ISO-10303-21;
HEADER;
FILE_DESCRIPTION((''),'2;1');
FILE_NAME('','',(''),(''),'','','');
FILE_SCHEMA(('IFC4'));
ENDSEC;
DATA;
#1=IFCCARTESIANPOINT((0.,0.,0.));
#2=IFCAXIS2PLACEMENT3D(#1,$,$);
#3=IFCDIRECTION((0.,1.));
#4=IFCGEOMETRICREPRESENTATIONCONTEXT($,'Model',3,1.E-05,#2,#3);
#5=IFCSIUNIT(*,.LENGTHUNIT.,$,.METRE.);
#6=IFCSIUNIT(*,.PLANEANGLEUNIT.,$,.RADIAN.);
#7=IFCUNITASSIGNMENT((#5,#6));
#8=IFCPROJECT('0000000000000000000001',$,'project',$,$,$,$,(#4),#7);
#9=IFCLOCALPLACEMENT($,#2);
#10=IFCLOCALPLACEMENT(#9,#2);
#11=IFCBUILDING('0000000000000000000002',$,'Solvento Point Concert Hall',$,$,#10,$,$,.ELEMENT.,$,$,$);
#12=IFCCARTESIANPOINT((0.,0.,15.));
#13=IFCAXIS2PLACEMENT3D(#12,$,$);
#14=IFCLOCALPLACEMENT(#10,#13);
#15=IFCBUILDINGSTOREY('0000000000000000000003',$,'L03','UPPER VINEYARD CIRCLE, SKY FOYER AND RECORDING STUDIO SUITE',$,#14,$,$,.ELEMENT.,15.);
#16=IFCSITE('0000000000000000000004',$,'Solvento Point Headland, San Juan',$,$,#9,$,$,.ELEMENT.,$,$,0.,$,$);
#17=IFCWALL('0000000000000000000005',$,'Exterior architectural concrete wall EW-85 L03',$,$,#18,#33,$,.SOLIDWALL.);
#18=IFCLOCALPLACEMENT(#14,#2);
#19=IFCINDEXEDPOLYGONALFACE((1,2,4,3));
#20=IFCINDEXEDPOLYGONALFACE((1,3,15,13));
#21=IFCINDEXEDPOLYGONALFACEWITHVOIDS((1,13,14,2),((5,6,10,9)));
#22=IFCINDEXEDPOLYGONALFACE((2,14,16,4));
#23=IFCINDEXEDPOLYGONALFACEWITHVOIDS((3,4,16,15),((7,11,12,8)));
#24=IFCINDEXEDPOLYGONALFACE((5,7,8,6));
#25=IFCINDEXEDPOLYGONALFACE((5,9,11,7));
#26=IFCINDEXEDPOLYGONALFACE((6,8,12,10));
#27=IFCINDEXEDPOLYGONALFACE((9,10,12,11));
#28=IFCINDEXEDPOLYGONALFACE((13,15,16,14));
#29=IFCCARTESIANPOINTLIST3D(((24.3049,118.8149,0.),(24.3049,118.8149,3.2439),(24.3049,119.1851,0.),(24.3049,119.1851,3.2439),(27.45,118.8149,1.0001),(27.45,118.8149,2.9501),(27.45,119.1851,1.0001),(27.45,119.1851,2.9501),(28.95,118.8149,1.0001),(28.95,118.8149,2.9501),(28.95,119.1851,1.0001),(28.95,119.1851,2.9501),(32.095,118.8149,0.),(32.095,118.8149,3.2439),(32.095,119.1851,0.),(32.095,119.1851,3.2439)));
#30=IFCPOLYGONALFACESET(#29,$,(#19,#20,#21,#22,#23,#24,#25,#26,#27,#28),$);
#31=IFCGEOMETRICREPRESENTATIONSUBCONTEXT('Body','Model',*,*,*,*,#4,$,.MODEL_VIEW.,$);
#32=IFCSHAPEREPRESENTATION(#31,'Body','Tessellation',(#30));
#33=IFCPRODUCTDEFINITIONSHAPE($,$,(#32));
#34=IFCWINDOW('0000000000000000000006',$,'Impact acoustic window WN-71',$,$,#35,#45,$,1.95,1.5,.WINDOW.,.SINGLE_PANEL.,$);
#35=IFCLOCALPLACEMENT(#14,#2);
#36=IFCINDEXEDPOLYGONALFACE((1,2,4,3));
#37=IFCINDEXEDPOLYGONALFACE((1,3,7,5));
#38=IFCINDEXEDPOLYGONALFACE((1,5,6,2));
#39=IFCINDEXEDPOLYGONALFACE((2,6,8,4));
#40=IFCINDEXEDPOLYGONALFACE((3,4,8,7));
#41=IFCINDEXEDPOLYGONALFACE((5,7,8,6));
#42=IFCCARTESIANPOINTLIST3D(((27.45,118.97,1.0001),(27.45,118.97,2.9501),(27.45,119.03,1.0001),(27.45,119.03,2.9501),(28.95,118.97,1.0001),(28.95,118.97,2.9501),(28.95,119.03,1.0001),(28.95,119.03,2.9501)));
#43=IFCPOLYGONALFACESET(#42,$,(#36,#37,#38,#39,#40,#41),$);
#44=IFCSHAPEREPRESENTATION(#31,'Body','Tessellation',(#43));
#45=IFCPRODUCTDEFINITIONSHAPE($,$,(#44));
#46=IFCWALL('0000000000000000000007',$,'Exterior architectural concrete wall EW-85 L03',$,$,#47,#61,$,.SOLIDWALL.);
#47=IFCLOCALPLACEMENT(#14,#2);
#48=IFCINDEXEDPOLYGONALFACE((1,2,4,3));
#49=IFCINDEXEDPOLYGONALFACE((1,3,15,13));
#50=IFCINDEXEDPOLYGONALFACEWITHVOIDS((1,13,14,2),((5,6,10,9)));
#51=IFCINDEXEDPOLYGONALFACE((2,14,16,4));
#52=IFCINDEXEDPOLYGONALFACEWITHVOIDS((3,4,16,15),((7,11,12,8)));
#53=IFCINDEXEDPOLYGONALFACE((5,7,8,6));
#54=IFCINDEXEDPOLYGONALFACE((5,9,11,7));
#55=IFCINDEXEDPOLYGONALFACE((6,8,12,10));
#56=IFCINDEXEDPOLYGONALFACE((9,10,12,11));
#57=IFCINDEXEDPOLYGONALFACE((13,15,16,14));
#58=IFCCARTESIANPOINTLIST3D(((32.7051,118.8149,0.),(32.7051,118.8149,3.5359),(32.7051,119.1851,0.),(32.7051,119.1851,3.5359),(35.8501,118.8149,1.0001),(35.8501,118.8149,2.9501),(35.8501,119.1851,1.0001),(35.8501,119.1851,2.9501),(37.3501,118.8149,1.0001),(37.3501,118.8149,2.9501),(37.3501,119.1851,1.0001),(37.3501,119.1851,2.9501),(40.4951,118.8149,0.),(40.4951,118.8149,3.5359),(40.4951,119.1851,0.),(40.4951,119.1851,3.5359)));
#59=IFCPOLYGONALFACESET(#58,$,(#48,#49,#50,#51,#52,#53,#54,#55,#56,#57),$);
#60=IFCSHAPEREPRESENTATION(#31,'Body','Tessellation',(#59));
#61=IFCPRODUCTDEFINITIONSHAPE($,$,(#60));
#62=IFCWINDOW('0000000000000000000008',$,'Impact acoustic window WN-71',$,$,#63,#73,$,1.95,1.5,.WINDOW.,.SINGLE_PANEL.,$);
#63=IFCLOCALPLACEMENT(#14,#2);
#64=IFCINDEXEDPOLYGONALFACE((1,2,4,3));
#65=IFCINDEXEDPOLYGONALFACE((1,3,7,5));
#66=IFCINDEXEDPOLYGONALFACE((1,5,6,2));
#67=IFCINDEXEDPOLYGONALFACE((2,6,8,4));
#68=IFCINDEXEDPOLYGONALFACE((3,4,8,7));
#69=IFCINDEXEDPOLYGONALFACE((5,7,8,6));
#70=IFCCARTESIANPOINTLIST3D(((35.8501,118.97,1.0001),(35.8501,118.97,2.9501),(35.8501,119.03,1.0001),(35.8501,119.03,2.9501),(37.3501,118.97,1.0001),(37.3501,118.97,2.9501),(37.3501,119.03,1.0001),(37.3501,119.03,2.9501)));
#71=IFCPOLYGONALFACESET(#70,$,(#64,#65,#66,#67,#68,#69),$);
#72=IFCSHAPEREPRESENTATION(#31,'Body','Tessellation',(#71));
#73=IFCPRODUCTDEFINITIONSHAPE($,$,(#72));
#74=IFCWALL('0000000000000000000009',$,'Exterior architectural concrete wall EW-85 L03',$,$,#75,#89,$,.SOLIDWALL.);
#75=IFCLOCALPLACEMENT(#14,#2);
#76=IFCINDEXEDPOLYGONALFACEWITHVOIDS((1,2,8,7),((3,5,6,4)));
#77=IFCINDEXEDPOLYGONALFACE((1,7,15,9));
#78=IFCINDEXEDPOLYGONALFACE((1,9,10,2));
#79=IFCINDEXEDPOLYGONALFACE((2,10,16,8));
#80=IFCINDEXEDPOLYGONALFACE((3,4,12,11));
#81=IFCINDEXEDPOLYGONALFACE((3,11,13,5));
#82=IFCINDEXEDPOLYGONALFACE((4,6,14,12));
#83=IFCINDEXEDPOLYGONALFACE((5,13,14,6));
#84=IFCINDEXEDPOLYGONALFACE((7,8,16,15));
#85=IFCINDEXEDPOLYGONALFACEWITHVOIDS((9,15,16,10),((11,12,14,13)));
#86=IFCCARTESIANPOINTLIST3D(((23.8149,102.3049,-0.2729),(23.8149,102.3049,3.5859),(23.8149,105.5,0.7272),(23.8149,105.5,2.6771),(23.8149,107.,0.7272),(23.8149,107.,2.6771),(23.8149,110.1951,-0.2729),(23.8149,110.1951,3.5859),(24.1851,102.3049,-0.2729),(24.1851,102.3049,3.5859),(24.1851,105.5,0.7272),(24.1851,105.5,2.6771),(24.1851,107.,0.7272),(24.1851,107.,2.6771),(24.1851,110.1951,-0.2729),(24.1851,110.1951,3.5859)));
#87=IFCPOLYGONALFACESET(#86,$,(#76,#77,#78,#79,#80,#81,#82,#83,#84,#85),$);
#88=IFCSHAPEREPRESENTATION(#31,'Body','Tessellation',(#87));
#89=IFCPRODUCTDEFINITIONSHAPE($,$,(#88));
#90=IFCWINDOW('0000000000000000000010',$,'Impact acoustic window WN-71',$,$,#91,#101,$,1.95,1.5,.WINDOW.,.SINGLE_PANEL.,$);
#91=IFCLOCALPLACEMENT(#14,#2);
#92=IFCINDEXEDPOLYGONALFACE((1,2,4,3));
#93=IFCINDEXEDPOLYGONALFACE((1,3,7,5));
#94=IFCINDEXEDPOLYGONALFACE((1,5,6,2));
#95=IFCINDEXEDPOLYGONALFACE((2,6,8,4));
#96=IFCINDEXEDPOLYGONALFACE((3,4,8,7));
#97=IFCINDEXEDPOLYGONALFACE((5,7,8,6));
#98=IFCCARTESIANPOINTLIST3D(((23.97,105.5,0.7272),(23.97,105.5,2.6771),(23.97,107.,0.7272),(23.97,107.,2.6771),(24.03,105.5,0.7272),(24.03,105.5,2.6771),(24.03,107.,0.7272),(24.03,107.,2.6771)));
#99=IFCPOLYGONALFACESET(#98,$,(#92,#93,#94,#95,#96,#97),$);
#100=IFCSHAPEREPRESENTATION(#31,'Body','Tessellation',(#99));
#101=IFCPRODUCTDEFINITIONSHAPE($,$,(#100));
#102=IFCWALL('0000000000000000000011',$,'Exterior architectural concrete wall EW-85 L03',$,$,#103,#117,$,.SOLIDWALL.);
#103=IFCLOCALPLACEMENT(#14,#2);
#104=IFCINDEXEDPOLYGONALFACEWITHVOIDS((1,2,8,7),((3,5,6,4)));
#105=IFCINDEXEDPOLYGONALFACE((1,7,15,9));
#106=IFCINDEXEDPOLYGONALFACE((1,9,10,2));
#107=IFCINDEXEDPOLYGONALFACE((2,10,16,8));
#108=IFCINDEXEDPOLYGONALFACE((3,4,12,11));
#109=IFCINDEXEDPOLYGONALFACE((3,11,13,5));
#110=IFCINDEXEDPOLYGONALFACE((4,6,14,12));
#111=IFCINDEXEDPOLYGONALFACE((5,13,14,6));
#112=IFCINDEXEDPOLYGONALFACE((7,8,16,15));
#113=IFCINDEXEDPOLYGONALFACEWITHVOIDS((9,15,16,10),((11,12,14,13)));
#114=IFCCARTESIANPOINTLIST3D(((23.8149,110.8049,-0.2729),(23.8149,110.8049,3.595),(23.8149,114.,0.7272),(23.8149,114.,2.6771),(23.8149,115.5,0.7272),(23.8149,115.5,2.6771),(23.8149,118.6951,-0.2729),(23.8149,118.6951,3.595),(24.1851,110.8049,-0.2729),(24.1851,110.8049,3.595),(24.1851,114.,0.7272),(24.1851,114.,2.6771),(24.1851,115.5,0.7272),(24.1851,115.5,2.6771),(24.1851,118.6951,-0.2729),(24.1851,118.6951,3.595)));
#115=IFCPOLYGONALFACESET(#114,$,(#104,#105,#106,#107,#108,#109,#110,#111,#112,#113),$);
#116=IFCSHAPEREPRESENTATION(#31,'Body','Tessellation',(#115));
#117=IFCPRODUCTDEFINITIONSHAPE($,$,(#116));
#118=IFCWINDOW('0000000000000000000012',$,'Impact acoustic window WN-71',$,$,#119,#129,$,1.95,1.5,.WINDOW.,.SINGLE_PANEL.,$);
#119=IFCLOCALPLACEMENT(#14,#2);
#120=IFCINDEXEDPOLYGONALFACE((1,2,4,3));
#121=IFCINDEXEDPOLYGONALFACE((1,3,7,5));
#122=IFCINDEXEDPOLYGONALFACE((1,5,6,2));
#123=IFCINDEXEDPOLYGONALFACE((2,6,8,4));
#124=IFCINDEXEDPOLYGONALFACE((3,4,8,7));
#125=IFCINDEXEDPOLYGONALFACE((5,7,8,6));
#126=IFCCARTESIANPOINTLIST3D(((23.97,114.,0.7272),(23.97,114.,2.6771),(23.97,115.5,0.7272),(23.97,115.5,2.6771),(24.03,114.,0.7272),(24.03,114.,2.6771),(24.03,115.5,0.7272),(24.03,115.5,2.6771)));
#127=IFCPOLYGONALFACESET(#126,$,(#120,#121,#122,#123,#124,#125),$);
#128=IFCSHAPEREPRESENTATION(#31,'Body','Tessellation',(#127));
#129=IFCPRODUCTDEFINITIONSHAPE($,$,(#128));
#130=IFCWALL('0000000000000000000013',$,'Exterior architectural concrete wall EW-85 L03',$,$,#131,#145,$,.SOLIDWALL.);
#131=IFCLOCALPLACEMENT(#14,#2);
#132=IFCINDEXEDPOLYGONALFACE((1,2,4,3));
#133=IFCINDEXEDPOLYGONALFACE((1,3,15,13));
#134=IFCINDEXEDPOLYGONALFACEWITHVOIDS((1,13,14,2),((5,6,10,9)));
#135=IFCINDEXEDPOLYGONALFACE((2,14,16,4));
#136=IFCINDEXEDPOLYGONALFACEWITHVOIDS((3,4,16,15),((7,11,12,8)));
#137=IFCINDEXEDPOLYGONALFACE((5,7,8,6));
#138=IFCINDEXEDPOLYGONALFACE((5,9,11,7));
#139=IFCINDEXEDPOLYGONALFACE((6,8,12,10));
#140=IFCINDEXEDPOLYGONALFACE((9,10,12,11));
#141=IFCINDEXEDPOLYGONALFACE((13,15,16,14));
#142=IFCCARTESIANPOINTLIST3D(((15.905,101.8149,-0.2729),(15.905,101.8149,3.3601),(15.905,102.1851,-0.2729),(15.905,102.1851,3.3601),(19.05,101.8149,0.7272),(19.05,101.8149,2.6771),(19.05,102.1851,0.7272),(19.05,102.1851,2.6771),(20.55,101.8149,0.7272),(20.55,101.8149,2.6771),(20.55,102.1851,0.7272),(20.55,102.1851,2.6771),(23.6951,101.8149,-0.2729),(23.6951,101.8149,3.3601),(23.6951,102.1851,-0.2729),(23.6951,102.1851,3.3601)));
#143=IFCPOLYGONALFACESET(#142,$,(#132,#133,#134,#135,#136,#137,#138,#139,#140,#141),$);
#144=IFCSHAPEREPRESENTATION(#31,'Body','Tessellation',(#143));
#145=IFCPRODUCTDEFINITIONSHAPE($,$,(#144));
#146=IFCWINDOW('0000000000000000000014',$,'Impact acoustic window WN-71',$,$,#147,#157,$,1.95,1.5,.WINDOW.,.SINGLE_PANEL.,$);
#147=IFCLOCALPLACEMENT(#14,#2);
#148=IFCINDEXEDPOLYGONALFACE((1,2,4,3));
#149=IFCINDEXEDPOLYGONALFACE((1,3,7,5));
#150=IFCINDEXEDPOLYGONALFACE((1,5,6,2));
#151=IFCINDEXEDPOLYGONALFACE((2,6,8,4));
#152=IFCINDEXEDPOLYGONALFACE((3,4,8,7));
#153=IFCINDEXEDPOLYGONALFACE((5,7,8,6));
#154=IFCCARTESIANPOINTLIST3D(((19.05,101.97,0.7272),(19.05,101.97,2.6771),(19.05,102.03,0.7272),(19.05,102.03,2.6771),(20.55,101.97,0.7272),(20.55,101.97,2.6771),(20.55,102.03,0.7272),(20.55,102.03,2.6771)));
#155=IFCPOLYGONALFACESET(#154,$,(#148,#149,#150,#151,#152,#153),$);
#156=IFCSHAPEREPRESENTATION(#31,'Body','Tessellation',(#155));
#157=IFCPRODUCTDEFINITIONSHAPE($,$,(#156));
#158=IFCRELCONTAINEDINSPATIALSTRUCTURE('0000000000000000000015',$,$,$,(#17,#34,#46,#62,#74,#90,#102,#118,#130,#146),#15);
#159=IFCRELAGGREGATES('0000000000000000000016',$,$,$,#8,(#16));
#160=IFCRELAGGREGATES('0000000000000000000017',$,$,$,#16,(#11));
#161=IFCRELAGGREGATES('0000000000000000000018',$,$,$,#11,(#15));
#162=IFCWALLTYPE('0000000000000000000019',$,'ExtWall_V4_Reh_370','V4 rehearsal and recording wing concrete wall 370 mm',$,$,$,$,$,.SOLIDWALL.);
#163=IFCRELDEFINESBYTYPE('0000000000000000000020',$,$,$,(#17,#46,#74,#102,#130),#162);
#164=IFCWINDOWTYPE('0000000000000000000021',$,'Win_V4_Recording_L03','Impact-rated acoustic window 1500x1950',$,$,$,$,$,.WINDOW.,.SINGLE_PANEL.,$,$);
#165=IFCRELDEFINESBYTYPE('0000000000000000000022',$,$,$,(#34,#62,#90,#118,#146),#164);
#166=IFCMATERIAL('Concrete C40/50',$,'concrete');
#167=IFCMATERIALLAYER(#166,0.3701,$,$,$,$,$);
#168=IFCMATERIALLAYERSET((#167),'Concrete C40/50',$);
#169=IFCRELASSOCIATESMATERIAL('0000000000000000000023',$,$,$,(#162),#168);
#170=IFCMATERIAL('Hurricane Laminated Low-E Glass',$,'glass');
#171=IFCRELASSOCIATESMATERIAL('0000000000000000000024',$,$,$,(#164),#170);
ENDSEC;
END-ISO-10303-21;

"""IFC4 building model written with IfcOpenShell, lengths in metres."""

from ifc_helpers import new_model, si_unit, direction, frame, frame_2d, origin, place, context, subcontext, project, spatial, rectangle, extrude, material, layer, layer_set, type_object, element, fill, save


model = new_model("IFC4")

# Units and contexts
model_context = context("Model", 3, precision=1e-05, world=origin(), true_north=direction((0.0, 1.0)))
body_context = subcontext(model_context, "Body", "Model", "MODEL_VIEW")
ifc_project = project(units=[si_unit("LENGTHUNIT", "METRE"), si_unit("PLANEANGLEUNIT", "RADIAN")], contexts=[model_context])

# Site, building, storey
site_placement = place(None, origin())
site = spatial("IfcSite", under=ifc_project, at=site_placement, Name="Solvento Point Headland, San Juan", CompositionType="ELEMENT", RefElevation=0.0)
building_placement = place(site_placement, origin())
building = spatial("IfcBuilding", under=site, at=building_placement, Name="Solvento Point Concert Hall", CompositionType="ELEMENT")
storey_placement = place(building_placement, frame((0.0, 0.0, 15.0)))
storey = spatial("IfcBuildingStorey", under=building, at=storey_placement, Name="L03", Description="UPPER VINEYARD CIRCLE, SKY FOYER AND RECORDING STUDIO SUITE", CompositionType="ELEMENT", Elevation=15.0)

# Walls, openings, windows
ifc_material_1 = material(Name="Concrete C40/50", Category="concrete")
ifc_layer = layer(ifc_material_1, 0.3701)
ifc_layer_set = layer_set([ifc_layer], Name="Concrete C40/50")
wall_type = type_object("IfcWallType", Name="ExtWall_V4_Reh_370", Description="V4 rehearsal and recording wing concrete wall 370 mm", PredefinedType="SOLIDWALL", material=ifc_layer_set)
wall_1_placement = place(storey_placement, frame((32.095, 119.0, 0.0), z_axis=(0.0, 0.0, 1.0), x_axis=(-1.0, 0.0, 0.0)))
wall_1 = element("IfcWall", 1, at=wall_1_placement, inside=storey, type_object=wall_type, Name="Exterior architectural concrete wall EW-85 L03", PredefinedType="SOLIDWALL", context=body_context, shape_type="SweptSolid", body=[
    extrude(rectangle(XDim=7.79, YDim=0.3701, at=frame_2d((3.895, 0.0))), origin(), (0.0, 0.0, 1.0), 3.2439),
])
opening_1_placement = place(wall_1_placement, frame((3.145, 0.0, 1.0)))
opening_1 = element("IfcOpeningElement", 2, at=opening_1_placement, cuts=wall_1, PredefinedType="OPENING", context=body_context, shape_type="SweptSolid", body=[
    extrude(rectangle(XDim=1.5, YDim=1.95, at=frame_2d((0.75, 0.9751))), frame((0.0, 0.1951, 0.0), z_axis=(0.0, -1.0, 0.0), x_axis=(1.0, 0.0, 0.0)), (0.0, 0.0, 1.0), 0.3901),
])
ifc_material_2 = material(Name="Hurricane Laminated Low-E Glass", Category="glass")
window_type = type_object("IfcWindowType", Name="Win_V4_Recording_L03", Description="Impact-rated acoustic window 1500x1950", PartitioningType="SINGLE_PANEL", PredefinedType="WINDOW", material=ifc_material_2)
window_1_placement = place(opening_1_placement, origin())
window_1 = element("IfcWindow", 3, at=window_1_placement, inside=storey, type_object=window_type, Name="Impact acoustic window WN-71", OverallHeight=1.95, OverallWidth=1.5, PartitioningType="SINGLE_PANEL", PredefinedType="WINDOW", context=body_context, shape_type="SweptSolid", body=[
    extrude(rectangle(XDim=1.5, YDim=1.95, at=frame_2d((0.75, 0.9751))), frame((0.0, 0.03, 0.0), z_axis=(0.0, -1.0, 0.0), x_axis=(1.0, 0.0, 0.0)), (0.0, 0.0, 1.0), 0.0601),
])
fill(opening_1, window_1)
wall_2_placement = place(storey_placement, frame((40.4951, 119.0, 0.0), z_axis=(0.0, 0.0, 1.0), x_axis=(-1.0, 0.0, 0.0)))
wall_2 = element("IfcWall", 4, at=wall_2_placement, inside=storey, type_object=wall_type, Name="Exterior architectural concrete wall EW-85 L03", PredefinedType="SOLIDWALL", context=body_context, shape_type="SweptSolid", body=[
    extrude(rectangle(XDim=7.79, YDim=0.3701, at=frame_2d((3.895, 0.0))), origin(), (0.0, 0.0, 1.0), 3.5359),
])
opening_2_placement = place(wall_2_placement, frame((3.145, 0.0, 1.0)))
opening_2 = element("IfcOpeningElement", 5, at=opening_2_placement, cuts=wall_2, PredefinedType="OPENING", context=body_context, shape_type="SweptSolid", body=[
    extrude(rectangle(XDim=1.5, YDim=1.95, at=frame_2d((0.75, 0.9751))), frame((0.0, 0.1951, 0.0), z_axis=(0.0, -1.0, 0.0), x_axis=(1.0, 0.0, 0.0)), (0.0, 0.0, 1.0), 0.3901),
])
window_2_placement = place(opening_2_placement, origin())
window_2 = element("IfcWindow", 6, at=window_2_placement, inside=storey, type_object=window_type, Name="Impact acoustic window WN-71", OverallHeight=1.95, OverallWidth=1.5, PartitioningType="SINGLE_PANEL", PredefinedType="WINDOW", context=body_context, shape_type="SweptSolid", body=[
    extrude(rectangle(XDim=1.5, YDim=1.95, at=frame_2d((0.75, 0.9751))), frame((0.0, 0.03, 0.0), z_axis=(0.0, -1.0, 0.0), x_axis=(1.0, 0.0, 0.0)), (0.0, 0.0, 1.0), 0.0601),
])
fill(opening_2, window_2)
wall_3_placement = place(storey_placement, frame((24.0, 110.1951, -0.2729), z_axis=(0.0, 0.0, 1.0), x_axis=(0.0, -1.0, 0.0)))
wall_3 = element("IfcWall", 7, at=wall_3_placement, inside=storey, type_object=wall_type, Name="Exterior architectural concrete wall EW-85 L03", PredefinedType="SOLIDWALL", context=body_context, shape_type="SweptSolid", body=[
    extrude(rectangle(XDim=7.8901, YDim=0.3701, at=frame_2d((3.9451, 0.0))), origin(), (0.0, 0.0, 1.0), 3.8589),
])
opening_3_placement = place(wall_3_placement, frame((3.1951, 0.0, 1.0)))
opening_3 = element("IfcOpeningElement", 8, at=opening_3_placement, cuts=wall_3, PredefinedType="OPENING", context=body_context, shape_type="SweptSolid", body=[
    extrude(rectangle(XDim=1.5, YDim=1.95, at=frame_2d((0.75, 0.9751))), frame((0.0, 0.1951, 0.0), z_axis=(0.0, -1.0, 0.0), x_axis=(1.0, 0.0, 0.0)), (0.0, 0.0, 1.0), 0.3901),
])
window_3_placement = place(opening_3_placement, origin())
window_3 = element("IfcWindow", 9, at=window_3_placement, inside=storey, type_object=window_type, Name="Impact acoustic window WN-71", OverallHeight=1.95, OverallWidth=1.5, PartitioningType="SINGLE_PANEL", PredefinedType="WINDOW", context=body_context, shape_type="SweptSolid", body=[
    extrude(rectangle(XDim=1.5, YDim=1.95, at=frame_2d((0.75, 0.9751))), frame((0.0, 0.03, 0.0), z_axis=(0.0, -1.0, 0.0), x_axis=(1.0, 0.0, 0.0)), (0.0, 0.0, 1.0), 0.0601),
])
fill(opening_3, window_3)
wall_4_placement = place(storey_placement, frame((24.0, 118.6951, -0.2729), z_axis=(0.0, 0.0, 1.0), x_axis=(0.0, -1.0, 0.0)))
wall_4 = element("IfcWall", 10, at=wall_4_placement, inside=storey, type_object=wall_type, Name="Exterior architectural concrete wall EW-85 L03", PredefinedType="SOLIDWALL", context=body_context, shape_type="SweptSolid", body=[
    extrude(rectangle(XDim=7.8901, YDim=0.3701, at=frame_2d((3.9451, 0.0))), origin(), (0.0, 0.0, 1.0), 3.8679),
])
opening_4_placement = place(wall_4_placement, frame((3.1951, 0.0, 1.0)))
opening_4 = element("IfcOpeningElement", 11, at=opening_4_placement, cuts=wall_4, PredefinedType="OPENING", context=body_context, shape_type="SweptSolid", body=[
    extrude(rectangle(XDim=1.5, YDim=1.95, at=frame_2d((0.75, 0.9751))), frame((0.0, 0.1951, 0.0), z_axis=(0.0, -1.0, 0.0), x_axis=(1.0, 0.0, 0.0)), (0.0, 0.0, 1.0), 0.3901),
])
window_4_placement = place(opening_4_placement, origin())
window_4 = element("IfcWindow", 12, at=window_4_placement, inside=storey, type_object=window_type, Name="Impact acoustic window WN-71", OverallHeight=1.95, OverallWidth=1.5, PartitioningType="SINGLE_PANEL", PredefinedType="WINDOW", context=body_context, shape_type="SweptSolid", body=[
    extrude(rectangle(XDim=1.5, YDim=1.95, at=frame_2d((0.75, 0.9751))), frame((0.0, 0.03, 0.0), z_axis=(0.0, -1.0, 0.0), x_axis=(1.0, 0.0, 0.0)), (0.0, 0.0, 1.0), 0.0601),
])
fill(opening_4, window_4)
wall_5_placement = place(storey_placement, frame((23.6951, 102.0, -0.2729), z_axis=(0.0, 0.0, 1.0), x_axis=(-1.0, 0.0, 0.0)))
wall_5 = element("IfcWall", 13, at=wall_5_placement, inside=storey, type_object=wall_type, Name="Exterior architectural concrete wall EW-85 L03", PredefinedType="SOLIDWALL", context=body_context, shape_type="SweptSolid", body=[
    extrude(rectangle(XDim=7.79, YDim=0.3701, at=frame_2d((3.895, 0.0))), origin(), (0.0, 0.0, 1.0), 3.6331),
])
opening_5_placement = place(wall_5_placement, frame((3.145, 0.0, 1.0)))
opening_5 = element("IfcOpeningElement", 14, at=opening_5_placement, cuts=wall_5, PredefinedType="OPENING", context=body_context, shape_type="SweptSolid", body=[
    extrude(rectangle(XDim=1.5, YDim=1.95, at=frame_2d((0.75, 0.9751))), frame((0.0, 0.1951, 0.0), z_axis=(0.0, -1.0, 0.0), x_axis=(1.0, 0.0, 0.0)), (0.0, 0.0, 1.0), 0.3901),
])
window_5_placement = place(opening_5_placement, origin())
window_5 = element("IfcWindow", 15, at=window_5_placement, inside=storey, type_object=window_type, Name="Impact acoustic window WN-71", OverallHeight=1.95, OverallWidth=1.5, PartitioningType="SINGLE_PANEL", PredefinedType="WINDOW", context=body_context, shape_type="SweptSolid", body=[
    extrude(rectangle(XDim=1.5, YDim=1.95, at=frame_2d((0.75, 0.9751))), frame((0.0, 0.03, 0.0), z_axis=(0.0, -1.0, 0.0), x_axis=(1.0, 0.0, 0.0)), (0.0, 0.0, 1.0), 0.0601),
])
fill(opening_5, window_5)

save(model, "model.ifc")
